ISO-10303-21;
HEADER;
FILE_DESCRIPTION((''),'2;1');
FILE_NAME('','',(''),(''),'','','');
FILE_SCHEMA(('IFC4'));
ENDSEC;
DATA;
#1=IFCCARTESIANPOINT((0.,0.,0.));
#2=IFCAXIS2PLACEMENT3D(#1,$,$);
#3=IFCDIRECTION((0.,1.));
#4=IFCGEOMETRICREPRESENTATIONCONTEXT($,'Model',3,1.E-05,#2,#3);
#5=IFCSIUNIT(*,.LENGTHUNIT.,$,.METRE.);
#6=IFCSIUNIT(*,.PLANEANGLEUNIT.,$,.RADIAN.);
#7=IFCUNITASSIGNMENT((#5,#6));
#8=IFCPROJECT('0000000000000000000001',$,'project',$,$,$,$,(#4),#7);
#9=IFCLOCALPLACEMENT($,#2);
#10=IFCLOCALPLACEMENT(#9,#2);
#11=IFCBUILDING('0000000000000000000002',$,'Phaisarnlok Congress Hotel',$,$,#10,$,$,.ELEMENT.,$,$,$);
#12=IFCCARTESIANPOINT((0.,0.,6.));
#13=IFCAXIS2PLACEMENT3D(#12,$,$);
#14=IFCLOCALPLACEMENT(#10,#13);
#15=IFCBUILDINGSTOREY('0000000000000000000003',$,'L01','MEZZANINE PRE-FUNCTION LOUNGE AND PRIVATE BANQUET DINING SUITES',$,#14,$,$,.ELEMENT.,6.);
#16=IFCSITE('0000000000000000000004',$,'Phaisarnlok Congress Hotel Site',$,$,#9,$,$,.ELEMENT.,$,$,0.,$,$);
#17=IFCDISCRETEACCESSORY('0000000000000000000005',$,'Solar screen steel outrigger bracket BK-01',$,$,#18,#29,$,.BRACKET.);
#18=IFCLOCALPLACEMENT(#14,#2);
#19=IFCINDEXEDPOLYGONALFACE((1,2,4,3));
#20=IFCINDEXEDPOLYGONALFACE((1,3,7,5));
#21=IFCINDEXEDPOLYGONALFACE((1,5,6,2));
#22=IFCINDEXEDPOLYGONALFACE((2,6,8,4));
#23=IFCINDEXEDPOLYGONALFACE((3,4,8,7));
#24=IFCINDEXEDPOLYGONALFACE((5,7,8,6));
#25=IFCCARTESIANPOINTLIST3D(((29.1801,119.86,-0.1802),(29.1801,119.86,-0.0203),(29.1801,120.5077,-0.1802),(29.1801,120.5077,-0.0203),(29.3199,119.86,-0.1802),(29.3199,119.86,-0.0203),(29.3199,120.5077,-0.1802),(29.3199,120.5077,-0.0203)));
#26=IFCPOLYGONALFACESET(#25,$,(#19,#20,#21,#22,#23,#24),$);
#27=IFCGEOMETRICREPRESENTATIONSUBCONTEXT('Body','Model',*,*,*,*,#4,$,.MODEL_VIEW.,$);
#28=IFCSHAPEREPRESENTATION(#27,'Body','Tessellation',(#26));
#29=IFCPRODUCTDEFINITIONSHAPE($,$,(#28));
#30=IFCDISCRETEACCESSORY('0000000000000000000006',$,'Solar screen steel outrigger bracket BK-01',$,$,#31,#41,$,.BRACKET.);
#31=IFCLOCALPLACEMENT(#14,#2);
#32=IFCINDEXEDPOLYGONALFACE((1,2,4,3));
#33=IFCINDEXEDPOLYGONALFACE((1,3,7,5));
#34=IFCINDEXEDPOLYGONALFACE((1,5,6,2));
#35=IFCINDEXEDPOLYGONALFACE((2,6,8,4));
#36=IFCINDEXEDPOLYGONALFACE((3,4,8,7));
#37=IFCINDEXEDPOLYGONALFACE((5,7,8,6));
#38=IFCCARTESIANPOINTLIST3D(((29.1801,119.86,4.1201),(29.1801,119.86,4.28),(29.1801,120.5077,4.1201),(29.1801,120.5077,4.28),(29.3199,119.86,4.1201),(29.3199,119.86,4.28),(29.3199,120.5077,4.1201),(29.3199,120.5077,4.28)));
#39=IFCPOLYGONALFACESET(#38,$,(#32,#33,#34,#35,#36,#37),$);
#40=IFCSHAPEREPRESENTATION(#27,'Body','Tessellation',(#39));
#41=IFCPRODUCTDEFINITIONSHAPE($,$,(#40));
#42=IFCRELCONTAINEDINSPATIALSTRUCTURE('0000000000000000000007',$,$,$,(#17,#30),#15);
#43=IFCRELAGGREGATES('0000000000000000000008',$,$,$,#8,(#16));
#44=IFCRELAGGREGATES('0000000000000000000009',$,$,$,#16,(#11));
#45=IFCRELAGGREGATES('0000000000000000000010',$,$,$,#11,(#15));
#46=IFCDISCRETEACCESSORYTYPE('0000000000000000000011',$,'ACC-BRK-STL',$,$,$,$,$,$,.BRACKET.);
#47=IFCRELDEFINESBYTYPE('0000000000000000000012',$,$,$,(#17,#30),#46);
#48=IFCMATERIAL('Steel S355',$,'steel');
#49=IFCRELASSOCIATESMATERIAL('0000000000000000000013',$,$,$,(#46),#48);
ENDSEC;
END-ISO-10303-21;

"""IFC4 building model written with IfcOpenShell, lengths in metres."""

from ifc_helpers import new_model, si_unit, direction, frame, origin, origin_2d, place, context, subcontext, project, spatial, rectangle, extrude, material, type_object, element, save


model = new_model("IFC4")

# Units and contexts
model_context = context("Model", 3, precision=1e-05, world=origin(), true_north=direction((0.0, 1.0)))
body_context = subcontext(model_context, "Body", "Model", "MODEL_VIEW")
ifc_project = project(units=[si_unit("LENGTHUNIT", "METRE"), si_unit("PLANEANGLEUNIT", "RADIAN")], contexts=[model_context])

# Site, building, storey
site_placement = place(None, origin())
site = spatial("IfcSite", under=ifc_project, at=site_placement, Name="Phaisarnlok Congress Hotel Site", CompositionType="ELEMENT", RefElevation=0.0)
building_placement = place(site_placement, origin())
building = spatial("IfcBuilding", under=site, at=building_placement, Name="Phaisarnlok Congress Hotel", CompositionType="ELEMENT")
storey_placement = place(building_placement, frame((0.0, 0.0, 6.0)))
storey = spatial("IfcBuildingStorey", under=building, at=storey_placement, Name="L01", Description="MEZZANINE PRE-FUNCTION LOUNGE AND PRIVATE BANQUET DINING SUITES", CompositionType="ELEMENT", Elevation=6.0)

# Discrete accessories
ifc_material_1 = material(Name="Steel S355", Category="steel")
discrete_accessory_type = type_object("IfcDiscreteAccessoryType", Name="ACC-BRK-STL", PredefinedType="BRACKET", material=ifc_material_1)
for number, where, z_axis, x_axis, name in (
    (1, (29.25, 120.1838, -0.1802), (0.0, 0.0, 1.0), (1.0, 0.0, 0.0), "Solar screen steel outrigger bracket BK-01"),
    (2, (29.25, 120.1838, 4.1201), (0.0, 0.0, 1.0), (1.0, 0.0, 0.0), "Solar screen steel outrigger bracket BK-01"),
):
    element("IfcDiscreteAccessory", number, at=place(storey_placement, frame(where, z_axis=z_axis, x_axis=x_axis)), inside=storey, type_object=discrete_accessory_type, Name=name, PredefinedType="BRACKET", context=body_context, shape_type="SweptSolid", body=[
        extrude(rectangle(XDim=0.1399, YDim=0.6477, at=origin_2d()), origin(), (0.0, 0.0, 1.0), 0.1599),
    ])

save(model, "model.ifc")
